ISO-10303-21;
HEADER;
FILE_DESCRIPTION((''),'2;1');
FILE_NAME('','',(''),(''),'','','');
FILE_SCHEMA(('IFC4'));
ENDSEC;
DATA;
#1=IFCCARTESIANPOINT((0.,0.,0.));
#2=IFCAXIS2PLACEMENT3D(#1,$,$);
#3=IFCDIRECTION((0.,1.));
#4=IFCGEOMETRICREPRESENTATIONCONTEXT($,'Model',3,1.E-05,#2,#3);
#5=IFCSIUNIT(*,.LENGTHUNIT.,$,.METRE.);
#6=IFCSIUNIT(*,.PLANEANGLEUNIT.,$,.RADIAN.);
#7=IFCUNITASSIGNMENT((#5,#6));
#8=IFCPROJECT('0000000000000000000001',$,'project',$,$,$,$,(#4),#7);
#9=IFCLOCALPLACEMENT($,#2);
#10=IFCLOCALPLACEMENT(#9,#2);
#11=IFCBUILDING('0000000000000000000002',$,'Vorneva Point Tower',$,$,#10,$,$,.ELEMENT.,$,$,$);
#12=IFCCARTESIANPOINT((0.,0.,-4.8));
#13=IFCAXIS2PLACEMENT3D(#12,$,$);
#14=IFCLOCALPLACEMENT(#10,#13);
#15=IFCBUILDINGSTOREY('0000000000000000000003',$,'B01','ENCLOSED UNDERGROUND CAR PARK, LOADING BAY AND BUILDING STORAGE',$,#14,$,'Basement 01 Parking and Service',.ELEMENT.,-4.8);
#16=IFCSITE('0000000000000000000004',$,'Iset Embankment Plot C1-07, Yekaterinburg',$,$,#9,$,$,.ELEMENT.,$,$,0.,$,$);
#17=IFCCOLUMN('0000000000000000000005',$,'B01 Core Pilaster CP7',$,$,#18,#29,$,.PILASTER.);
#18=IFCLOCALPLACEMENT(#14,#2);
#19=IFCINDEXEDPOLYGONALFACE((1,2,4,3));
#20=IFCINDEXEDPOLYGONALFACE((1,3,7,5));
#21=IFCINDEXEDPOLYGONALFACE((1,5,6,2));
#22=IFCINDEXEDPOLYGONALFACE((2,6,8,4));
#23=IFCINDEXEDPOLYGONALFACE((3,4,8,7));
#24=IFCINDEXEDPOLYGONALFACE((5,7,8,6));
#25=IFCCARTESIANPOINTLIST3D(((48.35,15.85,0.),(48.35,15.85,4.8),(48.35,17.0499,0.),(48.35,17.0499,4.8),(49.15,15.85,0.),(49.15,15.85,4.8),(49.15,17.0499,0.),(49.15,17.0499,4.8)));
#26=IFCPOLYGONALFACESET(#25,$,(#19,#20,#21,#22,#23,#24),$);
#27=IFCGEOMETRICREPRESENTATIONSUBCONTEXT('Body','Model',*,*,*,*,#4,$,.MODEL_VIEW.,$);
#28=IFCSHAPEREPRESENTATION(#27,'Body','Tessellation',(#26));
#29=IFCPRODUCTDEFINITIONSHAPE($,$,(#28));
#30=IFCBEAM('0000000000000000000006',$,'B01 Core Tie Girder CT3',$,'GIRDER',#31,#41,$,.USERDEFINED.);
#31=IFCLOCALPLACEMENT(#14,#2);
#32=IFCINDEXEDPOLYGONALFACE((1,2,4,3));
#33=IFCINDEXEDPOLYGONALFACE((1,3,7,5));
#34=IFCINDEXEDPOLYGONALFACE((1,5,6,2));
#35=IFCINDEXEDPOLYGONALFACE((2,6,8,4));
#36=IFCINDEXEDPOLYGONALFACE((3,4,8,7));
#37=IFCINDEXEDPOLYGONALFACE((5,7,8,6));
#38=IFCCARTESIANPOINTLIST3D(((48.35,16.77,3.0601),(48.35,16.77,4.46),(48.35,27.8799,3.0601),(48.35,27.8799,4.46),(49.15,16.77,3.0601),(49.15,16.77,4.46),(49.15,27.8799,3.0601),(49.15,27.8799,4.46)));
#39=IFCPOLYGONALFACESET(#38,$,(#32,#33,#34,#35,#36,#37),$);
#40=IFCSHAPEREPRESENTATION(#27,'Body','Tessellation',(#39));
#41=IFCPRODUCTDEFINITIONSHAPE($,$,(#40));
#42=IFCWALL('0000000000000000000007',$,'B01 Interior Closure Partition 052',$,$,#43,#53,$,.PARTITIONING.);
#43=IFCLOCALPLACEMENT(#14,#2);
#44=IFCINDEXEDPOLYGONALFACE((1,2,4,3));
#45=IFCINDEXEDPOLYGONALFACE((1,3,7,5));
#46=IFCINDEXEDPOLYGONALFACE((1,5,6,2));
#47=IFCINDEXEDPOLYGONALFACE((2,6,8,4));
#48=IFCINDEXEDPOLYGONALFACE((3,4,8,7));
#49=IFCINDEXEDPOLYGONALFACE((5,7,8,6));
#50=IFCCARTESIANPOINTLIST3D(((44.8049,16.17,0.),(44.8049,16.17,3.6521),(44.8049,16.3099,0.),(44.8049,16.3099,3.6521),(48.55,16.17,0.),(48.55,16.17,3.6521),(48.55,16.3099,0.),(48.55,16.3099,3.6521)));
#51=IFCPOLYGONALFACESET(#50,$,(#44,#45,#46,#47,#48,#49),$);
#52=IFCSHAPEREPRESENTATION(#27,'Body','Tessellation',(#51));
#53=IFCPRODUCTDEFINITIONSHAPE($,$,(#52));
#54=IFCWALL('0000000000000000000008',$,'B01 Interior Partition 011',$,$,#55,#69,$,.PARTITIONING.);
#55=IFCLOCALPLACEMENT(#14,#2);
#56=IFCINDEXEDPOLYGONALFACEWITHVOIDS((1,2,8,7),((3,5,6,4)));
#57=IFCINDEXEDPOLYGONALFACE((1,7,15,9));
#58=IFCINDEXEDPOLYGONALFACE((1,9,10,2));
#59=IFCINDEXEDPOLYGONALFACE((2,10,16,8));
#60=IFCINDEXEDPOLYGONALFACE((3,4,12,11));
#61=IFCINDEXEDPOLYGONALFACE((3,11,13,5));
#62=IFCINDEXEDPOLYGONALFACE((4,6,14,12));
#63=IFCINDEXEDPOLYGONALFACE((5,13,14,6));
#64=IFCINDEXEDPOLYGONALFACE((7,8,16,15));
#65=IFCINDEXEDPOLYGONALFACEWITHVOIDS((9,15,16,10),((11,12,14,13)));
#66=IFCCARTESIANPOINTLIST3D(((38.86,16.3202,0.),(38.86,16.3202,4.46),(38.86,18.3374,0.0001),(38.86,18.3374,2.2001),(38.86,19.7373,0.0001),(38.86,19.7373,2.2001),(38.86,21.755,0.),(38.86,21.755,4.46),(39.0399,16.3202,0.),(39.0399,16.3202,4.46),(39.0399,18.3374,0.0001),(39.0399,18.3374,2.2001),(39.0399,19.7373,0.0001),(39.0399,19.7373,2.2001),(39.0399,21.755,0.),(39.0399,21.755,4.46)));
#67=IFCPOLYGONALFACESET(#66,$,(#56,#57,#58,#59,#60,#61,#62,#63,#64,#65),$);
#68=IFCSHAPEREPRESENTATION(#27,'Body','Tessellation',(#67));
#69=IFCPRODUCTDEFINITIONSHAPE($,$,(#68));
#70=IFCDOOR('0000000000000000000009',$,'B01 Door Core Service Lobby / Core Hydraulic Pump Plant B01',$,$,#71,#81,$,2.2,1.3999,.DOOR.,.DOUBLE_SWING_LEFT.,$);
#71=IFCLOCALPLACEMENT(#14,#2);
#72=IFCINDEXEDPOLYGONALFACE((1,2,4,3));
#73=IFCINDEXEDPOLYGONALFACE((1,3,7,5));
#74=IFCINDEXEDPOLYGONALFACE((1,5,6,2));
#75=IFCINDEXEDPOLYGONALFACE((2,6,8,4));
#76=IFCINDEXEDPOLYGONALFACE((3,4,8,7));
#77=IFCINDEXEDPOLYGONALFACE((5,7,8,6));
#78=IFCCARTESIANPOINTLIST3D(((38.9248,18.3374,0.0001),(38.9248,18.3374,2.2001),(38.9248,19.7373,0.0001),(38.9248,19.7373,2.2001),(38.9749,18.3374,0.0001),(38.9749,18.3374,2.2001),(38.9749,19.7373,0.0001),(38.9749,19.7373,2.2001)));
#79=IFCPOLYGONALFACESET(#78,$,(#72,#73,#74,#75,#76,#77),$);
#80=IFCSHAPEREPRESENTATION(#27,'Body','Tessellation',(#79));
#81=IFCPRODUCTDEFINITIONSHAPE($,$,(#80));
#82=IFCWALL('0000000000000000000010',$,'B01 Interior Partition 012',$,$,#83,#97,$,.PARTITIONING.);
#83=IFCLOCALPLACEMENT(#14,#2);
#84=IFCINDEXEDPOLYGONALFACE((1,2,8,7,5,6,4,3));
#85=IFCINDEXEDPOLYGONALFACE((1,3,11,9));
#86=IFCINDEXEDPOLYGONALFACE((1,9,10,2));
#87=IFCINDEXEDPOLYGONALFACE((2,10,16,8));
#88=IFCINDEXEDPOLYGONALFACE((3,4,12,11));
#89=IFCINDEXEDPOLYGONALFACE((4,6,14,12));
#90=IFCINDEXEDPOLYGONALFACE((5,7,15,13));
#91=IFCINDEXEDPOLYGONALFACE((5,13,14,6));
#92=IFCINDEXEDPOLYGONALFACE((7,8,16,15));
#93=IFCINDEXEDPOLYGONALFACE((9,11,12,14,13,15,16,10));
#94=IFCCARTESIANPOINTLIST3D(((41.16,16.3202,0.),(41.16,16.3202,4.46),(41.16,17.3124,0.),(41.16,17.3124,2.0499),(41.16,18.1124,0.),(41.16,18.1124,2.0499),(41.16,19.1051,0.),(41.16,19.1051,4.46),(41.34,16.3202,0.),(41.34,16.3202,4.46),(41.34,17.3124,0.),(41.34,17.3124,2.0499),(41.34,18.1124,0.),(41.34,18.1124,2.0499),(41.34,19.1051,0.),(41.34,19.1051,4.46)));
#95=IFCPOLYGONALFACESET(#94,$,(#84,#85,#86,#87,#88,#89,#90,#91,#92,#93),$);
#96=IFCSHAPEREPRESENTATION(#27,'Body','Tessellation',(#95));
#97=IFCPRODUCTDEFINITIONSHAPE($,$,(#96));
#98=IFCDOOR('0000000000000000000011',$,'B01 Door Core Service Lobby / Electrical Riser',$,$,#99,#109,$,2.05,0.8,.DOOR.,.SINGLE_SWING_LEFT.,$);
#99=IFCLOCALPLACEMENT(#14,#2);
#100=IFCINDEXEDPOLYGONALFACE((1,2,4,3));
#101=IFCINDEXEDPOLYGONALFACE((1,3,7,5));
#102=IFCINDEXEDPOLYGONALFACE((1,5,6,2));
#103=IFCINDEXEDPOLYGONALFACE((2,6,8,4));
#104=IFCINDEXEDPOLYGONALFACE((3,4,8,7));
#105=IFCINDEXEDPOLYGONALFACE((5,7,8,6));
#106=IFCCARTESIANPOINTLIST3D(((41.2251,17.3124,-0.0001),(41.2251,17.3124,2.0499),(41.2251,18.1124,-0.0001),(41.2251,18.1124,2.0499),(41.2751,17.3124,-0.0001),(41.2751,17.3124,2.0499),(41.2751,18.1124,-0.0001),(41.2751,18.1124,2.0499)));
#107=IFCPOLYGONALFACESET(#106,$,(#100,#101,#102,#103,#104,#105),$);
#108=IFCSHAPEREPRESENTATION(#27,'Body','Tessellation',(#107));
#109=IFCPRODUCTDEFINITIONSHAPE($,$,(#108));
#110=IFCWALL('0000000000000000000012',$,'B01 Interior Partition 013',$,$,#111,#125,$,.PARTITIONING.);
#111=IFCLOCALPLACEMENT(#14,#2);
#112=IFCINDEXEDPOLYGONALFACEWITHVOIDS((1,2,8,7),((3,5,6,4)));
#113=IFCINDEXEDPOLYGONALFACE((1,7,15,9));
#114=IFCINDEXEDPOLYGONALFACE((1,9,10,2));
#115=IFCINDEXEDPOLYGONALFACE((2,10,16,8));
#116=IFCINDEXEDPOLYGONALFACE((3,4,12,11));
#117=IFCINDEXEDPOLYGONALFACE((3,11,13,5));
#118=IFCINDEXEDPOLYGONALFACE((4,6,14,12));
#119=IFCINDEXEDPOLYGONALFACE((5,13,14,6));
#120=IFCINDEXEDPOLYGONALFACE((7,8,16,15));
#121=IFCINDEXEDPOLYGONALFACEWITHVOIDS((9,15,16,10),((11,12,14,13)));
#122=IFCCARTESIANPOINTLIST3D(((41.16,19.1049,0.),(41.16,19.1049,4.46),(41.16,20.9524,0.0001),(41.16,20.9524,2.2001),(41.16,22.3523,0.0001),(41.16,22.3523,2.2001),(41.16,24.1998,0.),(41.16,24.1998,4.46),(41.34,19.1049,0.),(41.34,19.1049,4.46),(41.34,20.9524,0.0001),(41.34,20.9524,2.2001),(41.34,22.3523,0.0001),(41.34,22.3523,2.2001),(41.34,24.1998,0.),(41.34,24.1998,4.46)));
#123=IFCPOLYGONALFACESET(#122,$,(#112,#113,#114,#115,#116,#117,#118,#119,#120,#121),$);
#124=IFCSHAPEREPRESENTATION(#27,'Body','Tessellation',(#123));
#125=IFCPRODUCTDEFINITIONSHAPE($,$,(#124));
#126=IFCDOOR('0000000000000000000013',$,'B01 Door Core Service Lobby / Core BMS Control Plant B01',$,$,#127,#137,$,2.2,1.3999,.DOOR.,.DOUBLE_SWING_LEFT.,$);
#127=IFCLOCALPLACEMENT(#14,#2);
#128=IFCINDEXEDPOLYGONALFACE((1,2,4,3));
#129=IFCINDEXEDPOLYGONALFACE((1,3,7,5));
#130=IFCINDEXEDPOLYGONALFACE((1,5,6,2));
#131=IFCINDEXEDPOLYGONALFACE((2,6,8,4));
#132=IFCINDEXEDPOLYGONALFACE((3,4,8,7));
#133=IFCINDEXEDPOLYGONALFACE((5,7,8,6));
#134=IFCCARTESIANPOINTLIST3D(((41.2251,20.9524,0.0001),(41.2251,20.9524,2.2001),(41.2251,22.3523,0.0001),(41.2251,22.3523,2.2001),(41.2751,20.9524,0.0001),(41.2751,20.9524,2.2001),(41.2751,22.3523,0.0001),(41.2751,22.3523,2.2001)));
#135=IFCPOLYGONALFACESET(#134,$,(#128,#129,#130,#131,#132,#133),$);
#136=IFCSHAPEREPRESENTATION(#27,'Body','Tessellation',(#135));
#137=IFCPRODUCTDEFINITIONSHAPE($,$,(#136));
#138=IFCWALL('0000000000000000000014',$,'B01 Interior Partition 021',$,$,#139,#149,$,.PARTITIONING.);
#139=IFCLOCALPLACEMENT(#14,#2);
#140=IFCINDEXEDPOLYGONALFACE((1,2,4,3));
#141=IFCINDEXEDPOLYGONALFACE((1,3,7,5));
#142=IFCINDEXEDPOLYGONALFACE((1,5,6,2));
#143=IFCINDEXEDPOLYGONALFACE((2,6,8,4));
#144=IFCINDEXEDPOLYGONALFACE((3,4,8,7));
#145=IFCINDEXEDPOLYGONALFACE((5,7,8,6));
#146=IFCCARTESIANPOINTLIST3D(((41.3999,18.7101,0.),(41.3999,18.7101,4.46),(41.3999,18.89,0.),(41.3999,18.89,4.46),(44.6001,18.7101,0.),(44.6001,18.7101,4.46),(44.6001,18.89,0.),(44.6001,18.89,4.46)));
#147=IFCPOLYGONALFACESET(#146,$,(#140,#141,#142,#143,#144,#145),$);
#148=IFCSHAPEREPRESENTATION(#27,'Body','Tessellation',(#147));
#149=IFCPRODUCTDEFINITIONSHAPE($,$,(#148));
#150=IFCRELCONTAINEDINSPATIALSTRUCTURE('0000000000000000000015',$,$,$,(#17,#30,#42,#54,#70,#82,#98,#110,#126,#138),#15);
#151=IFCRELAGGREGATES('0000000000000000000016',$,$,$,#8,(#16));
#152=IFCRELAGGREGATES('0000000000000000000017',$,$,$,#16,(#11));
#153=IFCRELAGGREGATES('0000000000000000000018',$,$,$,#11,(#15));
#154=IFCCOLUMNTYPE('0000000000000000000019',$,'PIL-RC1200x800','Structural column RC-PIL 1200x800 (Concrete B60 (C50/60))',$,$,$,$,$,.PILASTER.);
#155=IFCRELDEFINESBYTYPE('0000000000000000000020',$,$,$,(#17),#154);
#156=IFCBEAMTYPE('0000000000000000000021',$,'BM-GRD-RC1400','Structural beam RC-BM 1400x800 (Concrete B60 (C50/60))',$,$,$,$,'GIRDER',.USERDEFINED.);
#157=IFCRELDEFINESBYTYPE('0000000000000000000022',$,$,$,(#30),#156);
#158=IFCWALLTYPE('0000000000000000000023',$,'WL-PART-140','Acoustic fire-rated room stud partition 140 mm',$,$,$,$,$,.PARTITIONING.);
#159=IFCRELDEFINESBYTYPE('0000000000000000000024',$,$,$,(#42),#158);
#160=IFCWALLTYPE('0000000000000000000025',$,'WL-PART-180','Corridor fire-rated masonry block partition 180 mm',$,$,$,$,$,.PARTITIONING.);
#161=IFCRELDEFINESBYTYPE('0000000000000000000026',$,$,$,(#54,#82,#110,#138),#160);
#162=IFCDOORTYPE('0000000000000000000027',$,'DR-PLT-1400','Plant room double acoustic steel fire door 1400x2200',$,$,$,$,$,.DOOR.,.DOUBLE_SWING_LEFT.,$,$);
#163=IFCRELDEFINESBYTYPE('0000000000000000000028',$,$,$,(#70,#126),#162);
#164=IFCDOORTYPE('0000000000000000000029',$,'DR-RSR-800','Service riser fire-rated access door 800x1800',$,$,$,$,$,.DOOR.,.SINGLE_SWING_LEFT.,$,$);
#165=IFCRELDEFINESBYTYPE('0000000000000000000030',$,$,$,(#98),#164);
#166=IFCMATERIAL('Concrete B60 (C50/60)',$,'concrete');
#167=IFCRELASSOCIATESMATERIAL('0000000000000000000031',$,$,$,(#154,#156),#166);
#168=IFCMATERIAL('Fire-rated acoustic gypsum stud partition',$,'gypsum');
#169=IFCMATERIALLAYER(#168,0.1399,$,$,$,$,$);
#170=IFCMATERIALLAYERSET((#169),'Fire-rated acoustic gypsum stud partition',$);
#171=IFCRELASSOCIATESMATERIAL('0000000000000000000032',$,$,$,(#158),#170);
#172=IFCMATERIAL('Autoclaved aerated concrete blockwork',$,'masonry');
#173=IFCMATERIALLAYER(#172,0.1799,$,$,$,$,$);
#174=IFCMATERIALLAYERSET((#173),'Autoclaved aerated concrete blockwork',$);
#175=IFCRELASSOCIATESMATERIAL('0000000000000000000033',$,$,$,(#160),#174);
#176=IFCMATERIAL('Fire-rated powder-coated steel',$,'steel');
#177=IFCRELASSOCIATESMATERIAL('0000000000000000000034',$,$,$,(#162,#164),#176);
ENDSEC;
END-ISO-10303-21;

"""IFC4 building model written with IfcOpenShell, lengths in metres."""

from ifc_helpers import new_model, si_unit, direction, frame, frame_2d, origin, origin_2d, place, context, subcontext, project, spatial, rectangle, extrude, material, layer, layer_set, material_profile, profile_set, type_object, element, fill, save


model = new_model("IFC4")

# Units and contexts
model_context = context("Model", 3, precision=1e-05, world=origin(), true_north=direction((0.0, 1.0)))
body_context = subcontext(model_context, "Body", "Model", "MODEL_VIEW")
ifc_project = project(units=[si_unit("LENGTHUNIT", "METRE"), si_unit("PLANEANGLEUNIT", "RADIAN")], contexts=[model_context])

# Site, building, storey
site_placement = place(None, origin())
site = spatial("IfcSite", under=ifc_project, at=site_placement, Name="Iset Embankment Plot C1-07, Yekaterinburg", CompositionType="ELEMENT", RefElevation=0.0)
building_placement = place(site_placement, origin())
building = spatial("IfcBuilding", under=site, at=building_placement, Name="Vorneva Point Tower", CompositionType="ELEMENT")
storey_placement = place(building_placement, frame((0.0, 0.0, -4.8)))
storey = spatial("IfcBuildingStorey", under=building, at=storey_placement, Name="B01", Description="ENCLOSED UNDERGROUND CAR PARK, LOADING BAY AND BUILDING STORAGE", LongName="Basement 01 Parking and Service", CompositionType="ELEMENT", Elevation=-4.8)

# Column
ifc_material_1 = material(Name="Concrete B60 (C50/60)", Category="concrete")
ifc_material_profile_1 = material_profile(ifc_material_1, rectangle(XDim=0.8, YDim=1.2, at=origin_2d()), Name="RC-PIL 1200x800")
ifc_profile_set_1 = profile_set([ifc_material_profile_1], Name="Concrete B60 (C50/60)")
column_type = type_object("IfcColumnType", Name="PIL-RC1200x800", Description="Structural column RC-PIL 1200x800 (Concrete B60 (C50/60))", PredefinedType="PILASTER", material=ifc_profile_set_1)
column_placement = place(storey_placement, frame((48.75, 16.45, 0.0), z_axis=(0.0, 0.0, 1.0), x_axis=(1.0, 0.0, 0.0)))
element("IfcColumn", 1, at=column_placement, inside=storey, type_object=column_type, Name="B01 Core Pilaster CP7", PredefinedType="PILASTER", context=body_context, shape_type="SweptSolid", body=[
    extrude(rectangle(XDim=0.8, YDim=1.2, at=origin_2d()), origin(), (0.0, 0.0, 1.0), 4.8),
])

# Beam
ifc_material_profile_2 = material_profile(ifc_material_1, rectangle(XDim=0.8, YDim=1.3999, at=origin_2d()), Name="RC-BM 1400x800")
ifc_profile_set_2 = profile_set([ifc_material_profile_2], Name="Concrete B60 (C50/60)")
beam_type = type_object("IfcBeamType", Name="BM-GRD-RC1400", Description="Structural beam RC-BM 1400x800 (Concrete B60 (C50/60))", ElementType="GIRDER", PredefinedType="USERDEFINED", material=ifc_profile_set_2)
beam_placement = place(storey_placement, frame((48.75, 16.77, 3.76), z_axis=(0.0, 1.0, 0.0), x_axis=(-1.0, 0.0, 0.0)))
element("IfcBeam", 2, at=beam_placement, inside=storey, type_object=beam_type, Name="B01 Core Tie Girder CT3", ObjectType="GIRDER", PredefinedType="USERDEFINED", context=body_context, shape_type="SweptSolid", body=[
    extrude(rectangle(XDim=0.8, YDim=1.3999, at=origin_2d()), origin(), (0.0, 0.0, 1.0), 11.1099),
])

# Wall
ifc_material_2 = material(Name="Fire-rated acoustic gypsum stud partition", Category="gypsum")
ifc_layer_1 = layer(ifc_material_2, 0.1399)
ifc_layer_set_1 = layer_set([ifc_layer_1], Name="Fire-rated acoustic gypsum stud partition")
wall_type_1 = type_object("IfcWallType", Name="WL-PART-140", Description="Acoustic fire-rated room stud partition 140 mm", PredefinedType="PARTITIONING", material=ifc_layer_set_1)
wall_1_placement = place(storey_placement, frame((48.55, 16.24, 0.0), z_axis=(0.0, 0.0, 1.0), x_axis=(-1.0, 0.0, 0.0)))
element("IfcWall", 3, at=wall_1_placement, inside=storey, type_object=wall_type_1, Name="B01 Interior Closure Partition 052", PredefinedType="PARTITIONING", context=body_context, shape_type="SweptSolid", body=[
    extrude(rectangle(XDim=3.7451, YDim=0.1399, at=frame_2d((1.8726, 0.0))), origin(), (0.0, 0.0, 1.0), 3.6521),
])

# Walls, openings, doors
ifc_material_3 = material(Name="Autoclaved aerated concrete blockwork", Category="masonry")
ifc_layer_2 = layer(ifc_material_3, 0.1799)
ifc_layer_set_2 = layer_set([ifc_layer_2], Name="Autoclaved aerated concrete blockwork")
wall_type_2 = type_object("IfcWallType", Name="WL-PART-180", Description="Corridor fire-rated masonry block partition 180 mm", PredefinedType="PARTITIONING", material=ifc_layer_set_2)
wall_2_placement = place(storey_placement, frame((38.95, 21.7549, 0.0), z_axis=(0.0, 0.0, 1.0), x_axis=(0.0, -1.0, 0.0)))
wall_2 = element("IfcWall", 4, at=wall_2_placement, inside=storey, type_object=wall_type_2, Name="B01 Interior Partition 011", PredefinedType="PARTITIONING", context=body_context, shape_type="SweptSolid", body=[
    extrude(rectangle(XDim=5.4348, YDim=0.1799, at=frame_2d((2.7173, 0.0))), origin(), (0.0, 0.0, 1.0), 4.46),
])
opening_1_placement = place(wall_2_placement, frame((2.0176, 0.0, 0.0)))
opening_1 = element("IfcOpeningElement", 5, at=opening_1_placement, cuts=wall_2, PredefinedType="OPENING", context=body_context, shape_type="SweptSolid", body=[
    extrude(rectangle(XDim=1.3999, YDim=2.2, at=frame_2d((0.7, 1.1001))), frame((0.0, 0.105, 0.0), z_axis=(0.0, -1.0, 0.0), x_axis=(1.0, 0.0, 0.0)), (0.0, 0.0, 1.0), 0.2097),
])
ifc_material_4 = material(Name="Fire-rated powder-coated steel", Category="steel")
door_type_1 = type_object("IfcDoorType", Name="DR-PLT-1400", Description="Plant room double acoustic steel fire door 1400x2200", OperationType="DOUBLE_SWING_LEFT", PredefinedType="DOOR", material=ifc_material_4)
door_1_placement = place(opening_1_placement, origin())
door_1 = element("IfcDoor", 6, at=door_1_placement, inside=storey, type_object=door_type_1, Name="B01 Door Core Service Lobby / Core Hydraulic Pump Plant B01", OperationType="DOUBLE_SWING_LEFT", OverallHeight=2.2, OverallWidth=1.3999, PredefinedType="DOOR", context=body_context, shape_type="SweptSolid", body=[
    extrude(rectangle(XDim=1.3999, YDim=2.2, at=frame_2d((0.7, 1.1001))), frame((0.0, 0.0249, 0.0), z_axis=(0.0, -1.0, 0.0), x_axis=(1.0, 0.0, 0.0)), (0.0, 0.0, 1.0), 0.05),
])
fill(opening_1, door_1)
wall_3_placement = place(storey_placement, frame((41.25, 16.3201, 0.0), z_axis=(0.0, 0.0, 1.0), x_axis=(0.0, 1.0, 0.0)))
wall_3 = element("IfcWall", 7, at=wall_3_placement, inside=storey, type_object=wall_type_2, Name="B01 Interior Partition 012", PredefinedType="PARTITIONING", context=body_context, shape_type="SweptSolid", body=[
    extrude(rectangle(XDim=2.7849, YDim=0.1799, at=frame_2d((1.3926, 0.0))), origin(), (0.0, 0.0, 1.0), 4.46),
])
opening_2_placement = place(wall_3_placement, frame((0.9924, 0.0, 0.0)))
opening_2 = element("IfcOpeningElement", 8, at=opening_2_placement, cuts=wall_3, PredefinedType="OPENING", context=body_context, shape_type="SweptSolid", body=[
    extrude(rectangle(XDim=0.8, YDim=2.05, at=frame_2d((0.3999, 1.0249))), frame((0.0, 0.105, 0.0), z_axis=(0.0, -1.0, 0.0), x_axis=(1.0, 0.0, 0.0)), (0.0, 0.0, 1.0), 0.2097),
])
door_type_2 = type_object("IfcDoorType", Name="DR-RSR-800", Description="Service riser fire-rated access door 800x1800", OperationType="SINGLE_SWING_LEFT", PredefinedType="DOOR", material=ifc_material_4)
door_2_placement = place(opening_2_placement, origin())
door_2 = element("IfcDoor", 9, at=door_2_placement, inside=storey, type_object=door_type_2, Name="B01 Door Core Service Lobby / Electrical Riser", OperationType="SINGLE_SWING_LEFT", OverallHeight=2.05, OverallWidth=0.8, PredefinedType="DOOR", context=body_context, shape_type="SweptSolid", body=[
    extrude(rectangle(XDim=0.8, YDim=2.05, at=frame_2d((0.3999, 1.0249))), frame((0.0, 0.0249, 0.0), z_axis=(0.0, -1.0, 0.0), x_axis=(1.0, 0.0, 0.0)), (0.0, 0.0, 1.0), 0.05),
])
fill(opening_2, door_2)
wall_4_placement = place(storey_placement, frame((41.25, 19.105, 0.0), z_axis=(0.0, 0.0, 1.0), x_axis=(0.0, 1.0, 0.0)))
wall_4 = element("IfcWall", 10, at=wall_4_placement, inside=storey, type_object=wall_type_2, Name="B01 Interior Partition 013", PredefinedType="PARTITIONING", context=body_context, shape_type="SweptSolid", body=[
    extrude(rectangle(XDim=5.095, YDim=0.1799, at=frame_2d((2.5474, 0.0))), origin(), (0.0, 0.0, 1.0), 4.46),
])
opening_3_placement = place(wall_4_placement, frame((1.8474, 0.0, 0.0)))
opening_3 = element("IfcOpeningElement", 11, at=opening_3_placement, cuts=wall_4, PredefinedType="OPENING", context=body_context, shape_type="SweptSolid", body=[
    extrude(rectangle(XDim=1.3999, YDim=2.2, at=frame_2d((0.7, 1.1001))), frame((0.0, 0.105, 0.0), z_axis=(0.0, -1.0, 0.0), x_axis=(1.0, 0.0, 0.0)), (0.0, 0.0, 1.0), 0.2097),
])
door_3_placement = place(opening_3_placement, origin())
door_3 = element("IfcDoor", 12, at=door_3_placement, inside=storey, type_object=door_type_1, Name="B01 Door Core Service Lobby / Core BMS Control Plant B01", OperationType="DOUBLE_SWING_LEFT", OverallHeight=2.2, OverallWidth=1.3999, PredefinedType="DOOR", context=body_context, shape_type="SweptSolid", body=[
    extrude(rectangle(XDim=1.3999, YDim=2.2, at=frame_2d((0.7, 1.1001))), frame((0.0, 0.0249, 0.0), z_axis=(0.0, -1.0, 0.0), x_axis=(1.0, 0.0, 0.0)), (0.0, 0.0, 1.0), 0.05),
])
fill(opening_3, door_3)

# Wall
wall_5_placement = place(storey_placement, frame((44.6001, 18.8, 0.0), z_axis=(0.0, 0.0, 1.0), x_axis=(-1.0, 0.0, 0.0)))
element("IfcWall", 13, at=wall_5_placement, inside=storey, type_object=wall_type_2, Name="B01 Interior Partition 021", PredefinedType="PARTITIONING", context=body_context, shape_type="SweptSolid", body=[
    extrude(rectangle(XDim=3.2002, YDim=0.1799, at=frame_2d((1.6001, 0.0))), origin(), (0.0, 0.0, 1.0), 4.46),
])

save(model, "model.ifc")
